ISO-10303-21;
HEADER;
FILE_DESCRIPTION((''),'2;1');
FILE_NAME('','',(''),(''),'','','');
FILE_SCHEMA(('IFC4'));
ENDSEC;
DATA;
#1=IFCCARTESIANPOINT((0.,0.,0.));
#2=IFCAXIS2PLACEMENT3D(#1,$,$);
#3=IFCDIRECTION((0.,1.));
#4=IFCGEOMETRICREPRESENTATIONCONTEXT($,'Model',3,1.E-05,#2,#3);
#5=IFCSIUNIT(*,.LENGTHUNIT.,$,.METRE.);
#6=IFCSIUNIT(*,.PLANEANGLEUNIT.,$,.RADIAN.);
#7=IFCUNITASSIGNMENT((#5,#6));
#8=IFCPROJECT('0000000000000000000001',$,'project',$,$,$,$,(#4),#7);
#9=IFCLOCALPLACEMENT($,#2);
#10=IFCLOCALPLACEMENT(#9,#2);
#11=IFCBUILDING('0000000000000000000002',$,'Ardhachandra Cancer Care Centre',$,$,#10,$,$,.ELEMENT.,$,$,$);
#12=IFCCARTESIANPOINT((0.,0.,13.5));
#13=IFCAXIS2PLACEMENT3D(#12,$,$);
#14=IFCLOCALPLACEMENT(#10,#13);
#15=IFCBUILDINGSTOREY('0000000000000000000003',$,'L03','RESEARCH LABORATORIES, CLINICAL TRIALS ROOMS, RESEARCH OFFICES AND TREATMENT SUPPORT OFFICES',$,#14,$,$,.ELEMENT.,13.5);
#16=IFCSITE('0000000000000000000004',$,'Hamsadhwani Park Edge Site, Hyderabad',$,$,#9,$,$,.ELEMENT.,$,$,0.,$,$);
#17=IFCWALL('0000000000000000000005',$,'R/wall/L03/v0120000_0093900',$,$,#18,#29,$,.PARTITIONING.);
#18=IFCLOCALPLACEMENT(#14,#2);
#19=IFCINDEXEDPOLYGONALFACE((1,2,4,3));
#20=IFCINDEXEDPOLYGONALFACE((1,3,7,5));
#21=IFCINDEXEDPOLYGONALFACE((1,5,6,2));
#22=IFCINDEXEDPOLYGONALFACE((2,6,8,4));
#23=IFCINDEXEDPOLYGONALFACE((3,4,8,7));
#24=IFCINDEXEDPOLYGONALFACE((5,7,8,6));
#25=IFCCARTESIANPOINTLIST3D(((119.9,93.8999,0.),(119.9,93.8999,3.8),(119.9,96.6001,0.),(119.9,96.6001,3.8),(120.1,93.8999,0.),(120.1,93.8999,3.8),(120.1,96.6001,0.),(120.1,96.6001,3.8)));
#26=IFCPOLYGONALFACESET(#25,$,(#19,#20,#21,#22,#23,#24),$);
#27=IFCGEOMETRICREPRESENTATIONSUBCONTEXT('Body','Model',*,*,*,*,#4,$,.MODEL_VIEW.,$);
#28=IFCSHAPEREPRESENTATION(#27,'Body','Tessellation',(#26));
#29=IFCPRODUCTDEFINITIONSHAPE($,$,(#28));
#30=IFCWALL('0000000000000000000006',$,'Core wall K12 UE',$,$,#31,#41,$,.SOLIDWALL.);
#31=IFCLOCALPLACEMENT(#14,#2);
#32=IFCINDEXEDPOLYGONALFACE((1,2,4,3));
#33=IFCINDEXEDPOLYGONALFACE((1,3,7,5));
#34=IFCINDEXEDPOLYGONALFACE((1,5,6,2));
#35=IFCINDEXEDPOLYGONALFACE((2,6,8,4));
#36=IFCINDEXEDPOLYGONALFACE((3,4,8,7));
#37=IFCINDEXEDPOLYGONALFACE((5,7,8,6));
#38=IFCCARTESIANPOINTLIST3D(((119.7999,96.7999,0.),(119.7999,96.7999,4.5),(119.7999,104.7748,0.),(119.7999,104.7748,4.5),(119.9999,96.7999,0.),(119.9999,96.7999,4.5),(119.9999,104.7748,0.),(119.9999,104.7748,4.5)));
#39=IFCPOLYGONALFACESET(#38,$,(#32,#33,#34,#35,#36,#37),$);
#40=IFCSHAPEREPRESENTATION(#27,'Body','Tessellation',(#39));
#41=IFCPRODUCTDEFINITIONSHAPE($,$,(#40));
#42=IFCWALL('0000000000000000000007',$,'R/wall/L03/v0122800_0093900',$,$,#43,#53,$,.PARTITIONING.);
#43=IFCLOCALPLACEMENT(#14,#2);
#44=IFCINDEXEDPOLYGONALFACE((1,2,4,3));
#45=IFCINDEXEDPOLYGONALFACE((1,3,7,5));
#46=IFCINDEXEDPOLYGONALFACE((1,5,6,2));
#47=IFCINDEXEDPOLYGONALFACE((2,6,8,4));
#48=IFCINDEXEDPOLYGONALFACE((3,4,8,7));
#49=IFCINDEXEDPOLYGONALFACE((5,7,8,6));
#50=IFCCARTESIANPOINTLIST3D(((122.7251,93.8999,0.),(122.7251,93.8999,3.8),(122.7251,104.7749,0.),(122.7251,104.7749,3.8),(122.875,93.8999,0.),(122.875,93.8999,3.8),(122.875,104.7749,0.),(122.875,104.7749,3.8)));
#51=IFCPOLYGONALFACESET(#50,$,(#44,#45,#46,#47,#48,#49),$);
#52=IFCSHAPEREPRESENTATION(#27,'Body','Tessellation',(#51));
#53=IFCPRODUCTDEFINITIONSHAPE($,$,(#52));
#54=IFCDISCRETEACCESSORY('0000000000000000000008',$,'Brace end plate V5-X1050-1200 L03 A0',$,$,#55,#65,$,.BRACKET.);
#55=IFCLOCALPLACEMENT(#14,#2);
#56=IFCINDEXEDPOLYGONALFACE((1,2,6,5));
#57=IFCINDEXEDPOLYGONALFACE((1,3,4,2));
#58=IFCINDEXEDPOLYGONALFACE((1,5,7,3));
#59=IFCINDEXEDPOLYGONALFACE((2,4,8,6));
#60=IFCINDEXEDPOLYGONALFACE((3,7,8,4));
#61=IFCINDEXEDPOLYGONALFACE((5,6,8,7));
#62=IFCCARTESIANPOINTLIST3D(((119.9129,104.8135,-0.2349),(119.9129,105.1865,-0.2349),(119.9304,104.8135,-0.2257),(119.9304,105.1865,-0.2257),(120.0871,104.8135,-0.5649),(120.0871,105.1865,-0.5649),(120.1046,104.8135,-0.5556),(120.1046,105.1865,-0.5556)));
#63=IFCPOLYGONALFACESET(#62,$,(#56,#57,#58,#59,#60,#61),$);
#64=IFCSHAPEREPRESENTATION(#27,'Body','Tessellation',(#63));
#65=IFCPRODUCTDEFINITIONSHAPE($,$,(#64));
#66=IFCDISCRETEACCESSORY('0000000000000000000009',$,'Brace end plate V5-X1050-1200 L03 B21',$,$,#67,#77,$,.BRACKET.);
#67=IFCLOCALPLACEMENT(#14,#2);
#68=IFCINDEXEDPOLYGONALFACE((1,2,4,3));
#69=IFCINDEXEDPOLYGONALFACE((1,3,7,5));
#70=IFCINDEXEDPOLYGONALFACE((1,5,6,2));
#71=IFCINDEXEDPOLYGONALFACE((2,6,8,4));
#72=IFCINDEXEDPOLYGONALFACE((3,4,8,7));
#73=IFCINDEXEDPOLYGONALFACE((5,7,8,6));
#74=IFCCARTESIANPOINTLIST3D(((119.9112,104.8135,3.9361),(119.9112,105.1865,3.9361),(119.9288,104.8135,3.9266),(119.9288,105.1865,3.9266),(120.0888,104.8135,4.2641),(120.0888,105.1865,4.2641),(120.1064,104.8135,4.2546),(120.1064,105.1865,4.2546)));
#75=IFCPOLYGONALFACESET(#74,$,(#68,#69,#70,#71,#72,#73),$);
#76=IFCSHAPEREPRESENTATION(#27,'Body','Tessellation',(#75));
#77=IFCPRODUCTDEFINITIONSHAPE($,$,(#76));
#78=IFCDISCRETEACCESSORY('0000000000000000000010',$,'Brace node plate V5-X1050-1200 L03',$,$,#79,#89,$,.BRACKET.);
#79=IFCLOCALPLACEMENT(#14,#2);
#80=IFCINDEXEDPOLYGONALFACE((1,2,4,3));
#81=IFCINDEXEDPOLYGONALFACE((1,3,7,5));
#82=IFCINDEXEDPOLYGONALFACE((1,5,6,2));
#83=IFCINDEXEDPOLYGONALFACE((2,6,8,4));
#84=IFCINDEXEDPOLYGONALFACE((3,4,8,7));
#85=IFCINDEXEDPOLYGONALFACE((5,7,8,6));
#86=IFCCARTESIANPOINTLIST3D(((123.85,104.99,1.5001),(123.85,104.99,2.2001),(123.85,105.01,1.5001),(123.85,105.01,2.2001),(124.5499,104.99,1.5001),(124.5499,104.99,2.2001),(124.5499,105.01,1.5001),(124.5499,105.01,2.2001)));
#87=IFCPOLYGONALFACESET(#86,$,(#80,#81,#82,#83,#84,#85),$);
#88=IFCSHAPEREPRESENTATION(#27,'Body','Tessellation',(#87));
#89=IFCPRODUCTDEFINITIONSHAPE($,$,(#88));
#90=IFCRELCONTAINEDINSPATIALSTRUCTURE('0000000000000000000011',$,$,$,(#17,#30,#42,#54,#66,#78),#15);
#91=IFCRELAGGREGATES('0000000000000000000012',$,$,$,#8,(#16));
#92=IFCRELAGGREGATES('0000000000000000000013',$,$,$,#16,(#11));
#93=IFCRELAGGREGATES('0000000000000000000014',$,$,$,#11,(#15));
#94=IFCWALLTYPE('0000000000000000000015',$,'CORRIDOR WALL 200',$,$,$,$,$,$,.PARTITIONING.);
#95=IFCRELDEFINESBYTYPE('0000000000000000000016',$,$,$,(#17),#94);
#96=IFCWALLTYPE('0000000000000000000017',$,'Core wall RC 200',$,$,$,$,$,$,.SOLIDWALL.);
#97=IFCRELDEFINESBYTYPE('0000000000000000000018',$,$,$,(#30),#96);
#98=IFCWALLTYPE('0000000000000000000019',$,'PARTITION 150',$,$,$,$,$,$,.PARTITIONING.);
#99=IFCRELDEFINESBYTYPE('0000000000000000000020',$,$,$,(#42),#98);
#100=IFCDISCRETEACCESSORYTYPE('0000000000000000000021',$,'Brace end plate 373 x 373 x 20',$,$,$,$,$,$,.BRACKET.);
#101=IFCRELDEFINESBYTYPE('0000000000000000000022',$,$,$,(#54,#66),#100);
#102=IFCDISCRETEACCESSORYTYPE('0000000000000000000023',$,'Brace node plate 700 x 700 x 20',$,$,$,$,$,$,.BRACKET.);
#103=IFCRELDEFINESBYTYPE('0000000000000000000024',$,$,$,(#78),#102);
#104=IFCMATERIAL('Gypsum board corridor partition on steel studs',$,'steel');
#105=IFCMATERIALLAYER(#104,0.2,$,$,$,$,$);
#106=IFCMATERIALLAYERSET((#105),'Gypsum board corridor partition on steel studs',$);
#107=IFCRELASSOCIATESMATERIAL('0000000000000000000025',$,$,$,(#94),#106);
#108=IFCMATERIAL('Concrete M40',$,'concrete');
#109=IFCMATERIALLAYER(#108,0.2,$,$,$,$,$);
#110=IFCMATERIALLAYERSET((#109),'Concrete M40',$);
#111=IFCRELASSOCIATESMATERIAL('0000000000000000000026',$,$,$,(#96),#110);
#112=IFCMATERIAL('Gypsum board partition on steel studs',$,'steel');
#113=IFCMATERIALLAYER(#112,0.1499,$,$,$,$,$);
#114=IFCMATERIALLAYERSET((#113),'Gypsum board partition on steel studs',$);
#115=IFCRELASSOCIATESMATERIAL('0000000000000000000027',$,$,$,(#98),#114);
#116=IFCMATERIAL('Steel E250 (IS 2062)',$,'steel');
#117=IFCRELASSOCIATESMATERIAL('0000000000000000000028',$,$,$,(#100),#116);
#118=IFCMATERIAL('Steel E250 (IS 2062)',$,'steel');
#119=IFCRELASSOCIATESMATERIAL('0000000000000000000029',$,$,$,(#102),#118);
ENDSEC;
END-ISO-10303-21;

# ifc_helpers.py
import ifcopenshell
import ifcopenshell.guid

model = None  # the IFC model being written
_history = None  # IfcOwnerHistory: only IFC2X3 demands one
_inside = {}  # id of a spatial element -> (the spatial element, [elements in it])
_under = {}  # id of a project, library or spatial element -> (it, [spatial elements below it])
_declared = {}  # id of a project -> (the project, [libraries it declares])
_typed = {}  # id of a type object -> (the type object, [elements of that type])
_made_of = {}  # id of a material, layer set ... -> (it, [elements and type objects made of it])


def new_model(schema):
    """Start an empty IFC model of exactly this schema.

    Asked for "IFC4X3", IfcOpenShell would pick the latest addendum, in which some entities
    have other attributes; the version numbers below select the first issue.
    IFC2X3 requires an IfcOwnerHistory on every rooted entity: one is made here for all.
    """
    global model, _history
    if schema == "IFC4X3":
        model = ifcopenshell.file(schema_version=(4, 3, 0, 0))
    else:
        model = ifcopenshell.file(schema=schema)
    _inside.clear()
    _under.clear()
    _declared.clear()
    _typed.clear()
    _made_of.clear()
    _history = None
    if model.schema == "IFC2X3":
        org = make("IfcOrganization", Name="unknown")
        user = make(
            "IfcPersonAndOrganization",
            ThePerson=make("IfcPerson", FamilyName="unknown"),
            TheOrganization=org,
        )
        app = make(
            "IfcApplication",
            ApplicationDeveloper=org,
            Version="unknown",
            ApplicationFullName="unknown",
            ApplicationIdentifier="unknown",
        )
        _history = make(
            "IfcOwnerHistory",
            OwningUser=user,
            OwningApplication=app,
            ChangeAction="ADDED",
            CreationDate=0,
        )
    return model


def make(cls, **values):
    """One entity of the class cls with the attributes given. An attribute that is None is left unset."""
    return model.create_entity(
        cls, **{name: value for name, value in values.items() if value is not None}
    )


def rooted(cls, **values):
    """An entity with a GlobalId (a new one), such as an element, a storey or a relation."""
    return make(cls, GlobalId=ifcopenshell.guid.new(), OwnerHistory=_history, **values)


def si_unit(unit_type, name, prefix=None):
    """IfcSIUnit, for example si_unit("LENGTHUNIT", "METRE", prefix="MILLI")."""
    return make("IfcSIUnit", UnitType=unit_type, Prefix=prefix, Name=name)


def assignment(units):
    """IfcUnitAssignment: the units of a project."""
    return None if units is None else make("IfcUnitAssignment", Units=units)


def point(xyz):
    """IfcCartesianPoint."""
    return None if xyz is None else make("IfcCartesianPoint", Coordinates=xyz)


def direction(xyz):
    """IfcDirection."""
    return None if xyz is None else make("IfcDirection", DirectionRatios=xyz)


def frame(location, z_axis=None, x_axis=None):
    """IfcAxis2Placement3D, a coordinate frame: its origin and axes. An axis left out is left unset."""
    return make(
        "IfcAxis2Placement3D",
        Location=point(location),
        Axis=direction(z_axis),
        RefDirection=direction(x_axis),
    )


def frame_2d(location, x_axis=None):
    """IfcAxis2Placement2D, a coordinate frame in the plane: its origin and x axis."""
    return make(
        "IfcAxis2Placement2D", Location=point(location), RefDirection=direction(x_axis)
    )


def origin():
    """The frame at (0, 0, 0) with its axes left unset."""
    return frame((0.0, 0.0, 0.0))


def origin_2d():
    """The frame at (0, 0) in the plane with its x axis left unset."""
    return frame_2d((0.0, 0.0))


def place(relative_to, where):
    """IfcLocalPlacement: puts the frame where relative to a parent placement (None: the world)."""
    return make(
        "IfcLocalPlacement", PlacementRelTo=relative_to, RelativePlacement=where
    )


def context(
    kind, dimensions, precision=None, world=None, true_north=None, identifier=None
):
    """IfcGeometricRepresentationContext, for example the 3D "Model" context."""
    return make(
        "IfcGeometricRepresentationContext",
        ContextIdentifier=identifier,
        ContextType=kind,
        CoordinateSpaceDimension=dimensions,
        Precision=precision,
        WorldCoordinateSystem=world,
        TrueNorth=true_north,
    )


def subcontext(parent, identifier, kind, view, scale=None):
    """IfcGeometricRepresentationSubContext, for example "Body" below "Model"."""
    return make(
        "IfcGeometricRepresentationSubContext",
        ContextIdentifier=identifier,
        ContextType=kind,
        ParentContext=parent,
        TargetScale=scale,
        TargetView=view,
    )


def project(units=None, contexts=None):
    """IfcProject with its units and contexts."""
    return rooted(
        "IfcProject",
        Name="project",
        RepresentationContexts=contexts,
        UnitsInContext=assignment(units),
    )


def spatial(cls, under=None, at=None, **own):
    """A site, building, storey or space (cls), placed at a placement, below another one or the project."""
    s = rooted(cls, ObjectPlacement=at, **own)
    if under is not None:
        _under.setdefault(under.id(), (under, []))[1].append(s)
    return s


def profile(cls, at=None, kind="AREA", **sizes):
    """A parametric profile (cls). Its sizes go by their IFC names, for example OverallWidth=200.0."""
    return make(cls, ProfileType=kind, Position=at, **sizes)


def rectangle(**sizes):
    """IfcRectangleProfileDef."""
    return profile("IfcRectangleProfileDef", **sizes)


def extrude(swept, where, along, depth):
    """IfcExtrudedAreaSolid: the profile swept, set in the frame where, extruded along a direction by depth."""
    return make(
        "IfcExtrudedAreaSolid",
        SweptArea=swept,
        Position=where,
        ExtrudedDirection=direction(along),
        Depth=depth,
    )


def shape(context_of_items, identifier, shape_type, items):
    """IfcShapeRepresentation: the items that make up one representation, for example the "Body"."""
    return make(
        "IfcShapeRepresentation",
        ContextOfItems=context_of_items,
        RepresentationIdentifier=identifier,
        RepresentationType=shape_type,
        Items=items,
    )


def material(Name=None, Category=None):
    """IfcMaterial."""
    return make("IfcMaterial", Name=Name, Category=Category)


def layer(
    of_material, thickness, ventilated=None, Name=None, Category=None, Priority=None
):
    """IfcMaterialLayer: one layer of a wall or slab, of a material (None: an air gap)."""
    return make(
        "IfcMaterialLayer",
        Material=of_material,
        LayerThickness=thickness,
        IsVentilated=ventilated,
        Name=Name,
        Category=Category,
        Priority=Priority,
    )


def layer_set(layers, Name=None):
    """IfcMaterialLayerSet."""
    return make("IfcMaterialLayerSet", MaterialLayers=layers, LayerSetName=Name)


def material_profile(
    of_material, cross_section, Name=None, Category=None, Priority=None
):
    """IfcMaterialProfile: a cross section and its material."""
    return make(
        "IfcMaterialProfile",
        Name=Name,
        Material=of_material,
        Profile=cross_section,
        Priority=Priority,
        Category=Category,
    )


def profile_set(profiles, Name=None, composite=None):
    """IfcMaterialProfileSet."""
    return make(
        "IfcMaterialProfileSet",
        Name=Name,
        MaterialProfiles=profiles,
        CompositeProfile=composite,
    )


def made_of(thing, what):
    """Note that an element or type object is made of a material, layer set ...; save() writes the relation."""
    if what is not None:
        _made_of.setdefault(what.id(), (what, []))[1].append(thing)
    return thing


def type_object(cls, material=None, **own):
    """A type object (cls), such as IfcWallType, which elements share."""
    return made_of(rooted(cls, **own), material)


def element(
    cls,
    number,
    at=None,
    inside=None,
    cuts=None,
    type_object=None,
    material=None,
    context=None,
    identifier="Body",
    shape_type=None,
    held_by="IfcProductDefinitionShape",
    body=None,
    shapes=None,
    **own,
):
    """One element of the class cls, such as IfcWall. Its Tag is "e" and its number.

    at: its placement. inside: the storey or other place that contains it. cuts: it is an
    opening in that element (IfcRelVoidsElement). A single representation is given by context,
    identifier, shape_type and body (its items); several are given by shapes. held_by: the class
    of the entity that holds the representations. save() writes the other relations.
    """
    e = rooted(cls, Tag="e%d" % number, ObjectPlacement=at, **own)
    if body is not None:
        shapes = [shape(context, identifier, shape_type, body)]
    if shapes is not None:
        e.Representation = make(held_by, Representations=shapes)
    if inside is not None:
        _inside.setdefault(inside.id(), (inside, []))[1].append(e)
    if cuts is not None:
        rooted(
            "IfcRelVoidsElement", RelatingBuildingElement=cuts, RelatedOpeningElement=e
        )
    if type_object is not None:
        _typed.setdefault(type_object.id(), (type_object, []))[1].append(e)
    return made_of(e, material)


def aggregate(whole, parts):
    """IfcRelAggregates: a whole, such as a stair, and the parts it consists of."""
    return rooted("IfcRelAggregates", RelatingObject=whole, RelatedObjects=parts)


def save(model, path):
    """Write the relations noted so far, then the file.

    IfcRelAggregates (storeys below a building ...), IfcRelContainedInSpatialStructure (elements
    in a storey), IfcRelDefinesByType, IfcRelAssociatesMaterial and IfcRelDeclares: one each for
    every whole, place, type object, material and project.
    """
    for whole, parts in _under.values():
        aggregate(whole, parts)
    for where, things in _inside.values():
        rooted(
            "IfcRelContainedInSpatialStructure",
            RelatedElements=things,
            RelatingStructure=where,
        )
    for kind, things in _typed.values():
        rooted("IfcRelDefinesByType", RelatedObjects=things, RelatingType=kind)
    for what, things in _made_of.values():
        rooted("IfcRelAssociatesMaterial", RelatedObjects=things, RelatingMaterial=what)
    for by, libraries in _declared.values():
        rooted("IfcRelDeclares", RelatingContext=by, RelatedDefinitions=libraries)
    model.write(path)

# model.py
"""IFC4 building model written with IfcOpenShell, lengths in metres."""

from ifc_helpers import new_model, si_unit, direction, frame, frame_2d, origin, origin_2d, place, context, subcontext, project, spatial, rectangle, extrude, material, layer, layer_set, material_profile, profile_set, type_object, element, save


model = new_model("IFC4")

# Units and contexts
model_context = context("Model", 3, precision=1e-05, world=origin(), true_north=direction((0.0, 1.0)))
body_context = subcontext(model_context, "Body", "Model", "MODEL_VIEW")
ifc_project = project(units=[si_unit("LENGTHUNIT", "METRE"), si_unit("PLANEANGLEUNIT", "RADIAN")], contexts=[model_context])

# Site, building, storey
site_placement = place(None, origin())
site = spatial("IfcSite", under=ifc_project, at=site_placement, Name="Hamsadhwani Park Edge Site, Hyderabad", CompositionType="ELEMENT", RefElevation=0.0)
building_placement = place(site_placement, origin())
building = spatial("IfcBuilding", under=site, at=building_placement, Name="Ardhachandra Cancer Care Centre", CompositionType="ELEMENT")
storey_placement = place(building_placement, frame((0.0, 0.0, 13.5)))
storey = spatial("IfcBuildingStorey", under=building, at=storey_placement, Name="L03", Description="RESEARCH LABORATORIES, CLINICAL TRIALS ROOMS, RESEARCH OFFICES AND TREATMENT SUPPORT OFFICES", CompositionType="ELEMENT", Elevation=13.5)

# Walls
ifc_material_1 = material(Name="Gypsum board corridor partition on steel studs", Category="steel")
ifc_layer_1 = layer(ifc_material_1, 0.2)
ifc_layer_set_1 = layer_set([ifc_layer_1], Name="Gypsum board corridor partition on steel studs")
wall_type_1 = type_object("IfcWallType", Name="CORRIDOR WALL 200", PredefinedType="PARTITIONING", material=ifc_layer_set_1)
wall_1_placement = place(storey_placement, frame((120.0, 93.8999, 0.0), z_axis=(0.0, 0.0, 1.0), x_axis=(0.0, 1.0, 0.0)))
element("IfcWall", 1, at=wall_1_placement, inside=storey, type_object=wall_type_1, Name="R/wall/L03/v0120000_0093900", PredefinedType="PARTITIONING", context=body_context, shape_type="SweptSolid", body=[
    extrude(rectangle(XDim=2.7002, YDim=0.2, at=frame_2d((1.3501, 0.0))), origin(), (0.0, 0.0, 1.0), 3.8),
])
ifc_material_2 = material(Name="Concrete M40", Category="concrete")
ifc_layer_2 = layer(ifc_material_2, 0.2)
ifc_layer_set_2 = layer_set([ifc_layer_2], Name="Concrete M40")
wall_type_2 = type_object("IfcWallType", Name="Core wall RC 200", PredefinedType="SOLIDWALL", material=ifc_layer_set_2)
wall_2_placement = place(storey_placement, frame((119.8999, 96.8, 0.0), z_axis=(0.0, 0.0, 1.0), x_axis=(0.0, 1.0, 0.0)))
element("IfcWall", 2, at=wall_2_placement, inside=storey, type_object=wall_type_2, Name="Core wall K12 UE", PredefinedType="SOLIDWALL", context=body_context, shape_type="SweptSolid", body=[
    extrude(rectangle(XDim=7.9749, YDim=0.2, at=frame_2d((3.9873, 0.0))), origin(), (0.0, 0.0, 1.0), 4.5),
])
ifc_material_3 = material(Name="Gypsum board partition on steel studs", Category="steel")
ifc_layer_3 = layer(ifc_material_3, 0.1499)
ifc_layer_set_3 = layer_set([ifc_layer_3], Name="Gypsum board partition on steel studs")
wall_type_3 = type_object("IfcWallType", Name="PARTITION 150", PredefinedType="PARTITIONING", material=ifc_layer_set_3)
wall_3_placement = place(storey_placement, frame((122.8, 93.8999, 0.0), z_axis=(0.0, 0.0, 1.0), x_axis=(0.0, 1.0, 0.0)))
element("IfcWall", 3, at=wall_3_placement, inside=storey, type_object=wall_type_3, Name="R/wall/L03/v0122800_0093900", PredefinedType="PARTITIONING", context=body_context, shape_type="SweptSolid", body=[
    extrude(rectangle(XDim=10.875, YDim=0.1499, at=frame_2d((5.4375, 0.0))), origin(), (0.0, 0.0, 1.0), 3.8),
])

# Discrete accessories
ifc_material_4 = material(Name="Steel E250 (IS 2062)", Category="steel")
ifc_material_profile_1 = material_profile(ifc_material_4, rectangle(XDim=0.373, YDim=0.373, at=origin_2d()), Name="PL 373x373x20")
ifc_profile_set_1 = profile_set([ifc_material_profile_1], Name="Steel E250 (IS 2062)")
discrete_accessory_type_1 = type_object("IfcDiscreteAccessoryType", Name="Brace end plate 373 x 373 x 20", PredefinedType="BRACKET", material=ifc_profile_set_1)
discrete_accessory_1_placement = place(storey_placement, frame((120.0, 105.0, -0.3999), z_axis=(0.884385, 0.0, 0.466759), x_axis=(0.0, 1.0, 0.0)))
element("IfcDiscreteAccessory", 4, at=discrete_accessory_1_placement, inside=storey, type_object=discrete_accessory_type_1, Name="Brace end plate V5-X1050-1200 L03 A0", PredefinedType="BRACKET", context=body_context, shape_type="SweptSolid", body=[
    extrude(rectangle(XDim=0.373, YDim=0.373, at=origin_2d()), origin(), (0.0, 0.0, 1.0), 0.0198),
])
discrete_accessory_2_placement = place(storey_placement, frame((120.0, 105.0, 4.1001), z_axis=(0.879292, 0.0, -0.476283), x_axis=(0.0, 1.0, 0.0)))
element("IfcDiscreteAccessory", 5, at=discrete_accessory_2_placement, inside=storey, type_object=discrete_accessory_type_1, Name="Brace end plate V5-X1050-1200 L03 B21", PredefinedType="BRACKET", context=body_context, shape_type="SweptSolid", body=[
    extrude(rectangle(XDim=0.373, YDim=0.373, at=origin_2d()), origin(), (0.0, 0.0, 1.0), 0.02),
])
ifc_material_5 = material(Name="Steel E250 (IS 2062)", Category="steel")
ifc_material_profile_2 = material_profile(ifc_material_5, rectangle(XDim=0.7, YDim=0.7, at=origin_2d()), Name="PL 700x700x20")
ifc_profile_set_2 = profile_set([ifc_material_profile_2], Name="Steel E250 (IS 2062)")
discrete_accessory_type_2 = type_object("IfcDiscreteAccessoryType", Name="Brace node plate 700 x 700 x 20", PredefinedType="BRACKET", material=ifc_profile_set_2)
discrete_accessory_3_placement = place(storey_placement, frame((124.2, 104.99, 1.8501), z_axis=(0.0, 1.0, 0.0), x_axis=(-1.0, 0.0, 0.0)))
element("IfcDiscreteAccessory", 6, at=discrete_accessory_3_placement, inside=storey, type_object=discrete_accessory_type_2, Name="Brace node plate V5-X1050-1200 L03", PredefinedType="BRACKET", context=body_context, shape_type="SweptSolid", body=[
    extrude(rectangle(XDim=0.7, YDim=0.7, at=origin_2d()), origin(), (0.0, 0.0, 1.0), 0.02),
])

save(model, "model.ifc")
